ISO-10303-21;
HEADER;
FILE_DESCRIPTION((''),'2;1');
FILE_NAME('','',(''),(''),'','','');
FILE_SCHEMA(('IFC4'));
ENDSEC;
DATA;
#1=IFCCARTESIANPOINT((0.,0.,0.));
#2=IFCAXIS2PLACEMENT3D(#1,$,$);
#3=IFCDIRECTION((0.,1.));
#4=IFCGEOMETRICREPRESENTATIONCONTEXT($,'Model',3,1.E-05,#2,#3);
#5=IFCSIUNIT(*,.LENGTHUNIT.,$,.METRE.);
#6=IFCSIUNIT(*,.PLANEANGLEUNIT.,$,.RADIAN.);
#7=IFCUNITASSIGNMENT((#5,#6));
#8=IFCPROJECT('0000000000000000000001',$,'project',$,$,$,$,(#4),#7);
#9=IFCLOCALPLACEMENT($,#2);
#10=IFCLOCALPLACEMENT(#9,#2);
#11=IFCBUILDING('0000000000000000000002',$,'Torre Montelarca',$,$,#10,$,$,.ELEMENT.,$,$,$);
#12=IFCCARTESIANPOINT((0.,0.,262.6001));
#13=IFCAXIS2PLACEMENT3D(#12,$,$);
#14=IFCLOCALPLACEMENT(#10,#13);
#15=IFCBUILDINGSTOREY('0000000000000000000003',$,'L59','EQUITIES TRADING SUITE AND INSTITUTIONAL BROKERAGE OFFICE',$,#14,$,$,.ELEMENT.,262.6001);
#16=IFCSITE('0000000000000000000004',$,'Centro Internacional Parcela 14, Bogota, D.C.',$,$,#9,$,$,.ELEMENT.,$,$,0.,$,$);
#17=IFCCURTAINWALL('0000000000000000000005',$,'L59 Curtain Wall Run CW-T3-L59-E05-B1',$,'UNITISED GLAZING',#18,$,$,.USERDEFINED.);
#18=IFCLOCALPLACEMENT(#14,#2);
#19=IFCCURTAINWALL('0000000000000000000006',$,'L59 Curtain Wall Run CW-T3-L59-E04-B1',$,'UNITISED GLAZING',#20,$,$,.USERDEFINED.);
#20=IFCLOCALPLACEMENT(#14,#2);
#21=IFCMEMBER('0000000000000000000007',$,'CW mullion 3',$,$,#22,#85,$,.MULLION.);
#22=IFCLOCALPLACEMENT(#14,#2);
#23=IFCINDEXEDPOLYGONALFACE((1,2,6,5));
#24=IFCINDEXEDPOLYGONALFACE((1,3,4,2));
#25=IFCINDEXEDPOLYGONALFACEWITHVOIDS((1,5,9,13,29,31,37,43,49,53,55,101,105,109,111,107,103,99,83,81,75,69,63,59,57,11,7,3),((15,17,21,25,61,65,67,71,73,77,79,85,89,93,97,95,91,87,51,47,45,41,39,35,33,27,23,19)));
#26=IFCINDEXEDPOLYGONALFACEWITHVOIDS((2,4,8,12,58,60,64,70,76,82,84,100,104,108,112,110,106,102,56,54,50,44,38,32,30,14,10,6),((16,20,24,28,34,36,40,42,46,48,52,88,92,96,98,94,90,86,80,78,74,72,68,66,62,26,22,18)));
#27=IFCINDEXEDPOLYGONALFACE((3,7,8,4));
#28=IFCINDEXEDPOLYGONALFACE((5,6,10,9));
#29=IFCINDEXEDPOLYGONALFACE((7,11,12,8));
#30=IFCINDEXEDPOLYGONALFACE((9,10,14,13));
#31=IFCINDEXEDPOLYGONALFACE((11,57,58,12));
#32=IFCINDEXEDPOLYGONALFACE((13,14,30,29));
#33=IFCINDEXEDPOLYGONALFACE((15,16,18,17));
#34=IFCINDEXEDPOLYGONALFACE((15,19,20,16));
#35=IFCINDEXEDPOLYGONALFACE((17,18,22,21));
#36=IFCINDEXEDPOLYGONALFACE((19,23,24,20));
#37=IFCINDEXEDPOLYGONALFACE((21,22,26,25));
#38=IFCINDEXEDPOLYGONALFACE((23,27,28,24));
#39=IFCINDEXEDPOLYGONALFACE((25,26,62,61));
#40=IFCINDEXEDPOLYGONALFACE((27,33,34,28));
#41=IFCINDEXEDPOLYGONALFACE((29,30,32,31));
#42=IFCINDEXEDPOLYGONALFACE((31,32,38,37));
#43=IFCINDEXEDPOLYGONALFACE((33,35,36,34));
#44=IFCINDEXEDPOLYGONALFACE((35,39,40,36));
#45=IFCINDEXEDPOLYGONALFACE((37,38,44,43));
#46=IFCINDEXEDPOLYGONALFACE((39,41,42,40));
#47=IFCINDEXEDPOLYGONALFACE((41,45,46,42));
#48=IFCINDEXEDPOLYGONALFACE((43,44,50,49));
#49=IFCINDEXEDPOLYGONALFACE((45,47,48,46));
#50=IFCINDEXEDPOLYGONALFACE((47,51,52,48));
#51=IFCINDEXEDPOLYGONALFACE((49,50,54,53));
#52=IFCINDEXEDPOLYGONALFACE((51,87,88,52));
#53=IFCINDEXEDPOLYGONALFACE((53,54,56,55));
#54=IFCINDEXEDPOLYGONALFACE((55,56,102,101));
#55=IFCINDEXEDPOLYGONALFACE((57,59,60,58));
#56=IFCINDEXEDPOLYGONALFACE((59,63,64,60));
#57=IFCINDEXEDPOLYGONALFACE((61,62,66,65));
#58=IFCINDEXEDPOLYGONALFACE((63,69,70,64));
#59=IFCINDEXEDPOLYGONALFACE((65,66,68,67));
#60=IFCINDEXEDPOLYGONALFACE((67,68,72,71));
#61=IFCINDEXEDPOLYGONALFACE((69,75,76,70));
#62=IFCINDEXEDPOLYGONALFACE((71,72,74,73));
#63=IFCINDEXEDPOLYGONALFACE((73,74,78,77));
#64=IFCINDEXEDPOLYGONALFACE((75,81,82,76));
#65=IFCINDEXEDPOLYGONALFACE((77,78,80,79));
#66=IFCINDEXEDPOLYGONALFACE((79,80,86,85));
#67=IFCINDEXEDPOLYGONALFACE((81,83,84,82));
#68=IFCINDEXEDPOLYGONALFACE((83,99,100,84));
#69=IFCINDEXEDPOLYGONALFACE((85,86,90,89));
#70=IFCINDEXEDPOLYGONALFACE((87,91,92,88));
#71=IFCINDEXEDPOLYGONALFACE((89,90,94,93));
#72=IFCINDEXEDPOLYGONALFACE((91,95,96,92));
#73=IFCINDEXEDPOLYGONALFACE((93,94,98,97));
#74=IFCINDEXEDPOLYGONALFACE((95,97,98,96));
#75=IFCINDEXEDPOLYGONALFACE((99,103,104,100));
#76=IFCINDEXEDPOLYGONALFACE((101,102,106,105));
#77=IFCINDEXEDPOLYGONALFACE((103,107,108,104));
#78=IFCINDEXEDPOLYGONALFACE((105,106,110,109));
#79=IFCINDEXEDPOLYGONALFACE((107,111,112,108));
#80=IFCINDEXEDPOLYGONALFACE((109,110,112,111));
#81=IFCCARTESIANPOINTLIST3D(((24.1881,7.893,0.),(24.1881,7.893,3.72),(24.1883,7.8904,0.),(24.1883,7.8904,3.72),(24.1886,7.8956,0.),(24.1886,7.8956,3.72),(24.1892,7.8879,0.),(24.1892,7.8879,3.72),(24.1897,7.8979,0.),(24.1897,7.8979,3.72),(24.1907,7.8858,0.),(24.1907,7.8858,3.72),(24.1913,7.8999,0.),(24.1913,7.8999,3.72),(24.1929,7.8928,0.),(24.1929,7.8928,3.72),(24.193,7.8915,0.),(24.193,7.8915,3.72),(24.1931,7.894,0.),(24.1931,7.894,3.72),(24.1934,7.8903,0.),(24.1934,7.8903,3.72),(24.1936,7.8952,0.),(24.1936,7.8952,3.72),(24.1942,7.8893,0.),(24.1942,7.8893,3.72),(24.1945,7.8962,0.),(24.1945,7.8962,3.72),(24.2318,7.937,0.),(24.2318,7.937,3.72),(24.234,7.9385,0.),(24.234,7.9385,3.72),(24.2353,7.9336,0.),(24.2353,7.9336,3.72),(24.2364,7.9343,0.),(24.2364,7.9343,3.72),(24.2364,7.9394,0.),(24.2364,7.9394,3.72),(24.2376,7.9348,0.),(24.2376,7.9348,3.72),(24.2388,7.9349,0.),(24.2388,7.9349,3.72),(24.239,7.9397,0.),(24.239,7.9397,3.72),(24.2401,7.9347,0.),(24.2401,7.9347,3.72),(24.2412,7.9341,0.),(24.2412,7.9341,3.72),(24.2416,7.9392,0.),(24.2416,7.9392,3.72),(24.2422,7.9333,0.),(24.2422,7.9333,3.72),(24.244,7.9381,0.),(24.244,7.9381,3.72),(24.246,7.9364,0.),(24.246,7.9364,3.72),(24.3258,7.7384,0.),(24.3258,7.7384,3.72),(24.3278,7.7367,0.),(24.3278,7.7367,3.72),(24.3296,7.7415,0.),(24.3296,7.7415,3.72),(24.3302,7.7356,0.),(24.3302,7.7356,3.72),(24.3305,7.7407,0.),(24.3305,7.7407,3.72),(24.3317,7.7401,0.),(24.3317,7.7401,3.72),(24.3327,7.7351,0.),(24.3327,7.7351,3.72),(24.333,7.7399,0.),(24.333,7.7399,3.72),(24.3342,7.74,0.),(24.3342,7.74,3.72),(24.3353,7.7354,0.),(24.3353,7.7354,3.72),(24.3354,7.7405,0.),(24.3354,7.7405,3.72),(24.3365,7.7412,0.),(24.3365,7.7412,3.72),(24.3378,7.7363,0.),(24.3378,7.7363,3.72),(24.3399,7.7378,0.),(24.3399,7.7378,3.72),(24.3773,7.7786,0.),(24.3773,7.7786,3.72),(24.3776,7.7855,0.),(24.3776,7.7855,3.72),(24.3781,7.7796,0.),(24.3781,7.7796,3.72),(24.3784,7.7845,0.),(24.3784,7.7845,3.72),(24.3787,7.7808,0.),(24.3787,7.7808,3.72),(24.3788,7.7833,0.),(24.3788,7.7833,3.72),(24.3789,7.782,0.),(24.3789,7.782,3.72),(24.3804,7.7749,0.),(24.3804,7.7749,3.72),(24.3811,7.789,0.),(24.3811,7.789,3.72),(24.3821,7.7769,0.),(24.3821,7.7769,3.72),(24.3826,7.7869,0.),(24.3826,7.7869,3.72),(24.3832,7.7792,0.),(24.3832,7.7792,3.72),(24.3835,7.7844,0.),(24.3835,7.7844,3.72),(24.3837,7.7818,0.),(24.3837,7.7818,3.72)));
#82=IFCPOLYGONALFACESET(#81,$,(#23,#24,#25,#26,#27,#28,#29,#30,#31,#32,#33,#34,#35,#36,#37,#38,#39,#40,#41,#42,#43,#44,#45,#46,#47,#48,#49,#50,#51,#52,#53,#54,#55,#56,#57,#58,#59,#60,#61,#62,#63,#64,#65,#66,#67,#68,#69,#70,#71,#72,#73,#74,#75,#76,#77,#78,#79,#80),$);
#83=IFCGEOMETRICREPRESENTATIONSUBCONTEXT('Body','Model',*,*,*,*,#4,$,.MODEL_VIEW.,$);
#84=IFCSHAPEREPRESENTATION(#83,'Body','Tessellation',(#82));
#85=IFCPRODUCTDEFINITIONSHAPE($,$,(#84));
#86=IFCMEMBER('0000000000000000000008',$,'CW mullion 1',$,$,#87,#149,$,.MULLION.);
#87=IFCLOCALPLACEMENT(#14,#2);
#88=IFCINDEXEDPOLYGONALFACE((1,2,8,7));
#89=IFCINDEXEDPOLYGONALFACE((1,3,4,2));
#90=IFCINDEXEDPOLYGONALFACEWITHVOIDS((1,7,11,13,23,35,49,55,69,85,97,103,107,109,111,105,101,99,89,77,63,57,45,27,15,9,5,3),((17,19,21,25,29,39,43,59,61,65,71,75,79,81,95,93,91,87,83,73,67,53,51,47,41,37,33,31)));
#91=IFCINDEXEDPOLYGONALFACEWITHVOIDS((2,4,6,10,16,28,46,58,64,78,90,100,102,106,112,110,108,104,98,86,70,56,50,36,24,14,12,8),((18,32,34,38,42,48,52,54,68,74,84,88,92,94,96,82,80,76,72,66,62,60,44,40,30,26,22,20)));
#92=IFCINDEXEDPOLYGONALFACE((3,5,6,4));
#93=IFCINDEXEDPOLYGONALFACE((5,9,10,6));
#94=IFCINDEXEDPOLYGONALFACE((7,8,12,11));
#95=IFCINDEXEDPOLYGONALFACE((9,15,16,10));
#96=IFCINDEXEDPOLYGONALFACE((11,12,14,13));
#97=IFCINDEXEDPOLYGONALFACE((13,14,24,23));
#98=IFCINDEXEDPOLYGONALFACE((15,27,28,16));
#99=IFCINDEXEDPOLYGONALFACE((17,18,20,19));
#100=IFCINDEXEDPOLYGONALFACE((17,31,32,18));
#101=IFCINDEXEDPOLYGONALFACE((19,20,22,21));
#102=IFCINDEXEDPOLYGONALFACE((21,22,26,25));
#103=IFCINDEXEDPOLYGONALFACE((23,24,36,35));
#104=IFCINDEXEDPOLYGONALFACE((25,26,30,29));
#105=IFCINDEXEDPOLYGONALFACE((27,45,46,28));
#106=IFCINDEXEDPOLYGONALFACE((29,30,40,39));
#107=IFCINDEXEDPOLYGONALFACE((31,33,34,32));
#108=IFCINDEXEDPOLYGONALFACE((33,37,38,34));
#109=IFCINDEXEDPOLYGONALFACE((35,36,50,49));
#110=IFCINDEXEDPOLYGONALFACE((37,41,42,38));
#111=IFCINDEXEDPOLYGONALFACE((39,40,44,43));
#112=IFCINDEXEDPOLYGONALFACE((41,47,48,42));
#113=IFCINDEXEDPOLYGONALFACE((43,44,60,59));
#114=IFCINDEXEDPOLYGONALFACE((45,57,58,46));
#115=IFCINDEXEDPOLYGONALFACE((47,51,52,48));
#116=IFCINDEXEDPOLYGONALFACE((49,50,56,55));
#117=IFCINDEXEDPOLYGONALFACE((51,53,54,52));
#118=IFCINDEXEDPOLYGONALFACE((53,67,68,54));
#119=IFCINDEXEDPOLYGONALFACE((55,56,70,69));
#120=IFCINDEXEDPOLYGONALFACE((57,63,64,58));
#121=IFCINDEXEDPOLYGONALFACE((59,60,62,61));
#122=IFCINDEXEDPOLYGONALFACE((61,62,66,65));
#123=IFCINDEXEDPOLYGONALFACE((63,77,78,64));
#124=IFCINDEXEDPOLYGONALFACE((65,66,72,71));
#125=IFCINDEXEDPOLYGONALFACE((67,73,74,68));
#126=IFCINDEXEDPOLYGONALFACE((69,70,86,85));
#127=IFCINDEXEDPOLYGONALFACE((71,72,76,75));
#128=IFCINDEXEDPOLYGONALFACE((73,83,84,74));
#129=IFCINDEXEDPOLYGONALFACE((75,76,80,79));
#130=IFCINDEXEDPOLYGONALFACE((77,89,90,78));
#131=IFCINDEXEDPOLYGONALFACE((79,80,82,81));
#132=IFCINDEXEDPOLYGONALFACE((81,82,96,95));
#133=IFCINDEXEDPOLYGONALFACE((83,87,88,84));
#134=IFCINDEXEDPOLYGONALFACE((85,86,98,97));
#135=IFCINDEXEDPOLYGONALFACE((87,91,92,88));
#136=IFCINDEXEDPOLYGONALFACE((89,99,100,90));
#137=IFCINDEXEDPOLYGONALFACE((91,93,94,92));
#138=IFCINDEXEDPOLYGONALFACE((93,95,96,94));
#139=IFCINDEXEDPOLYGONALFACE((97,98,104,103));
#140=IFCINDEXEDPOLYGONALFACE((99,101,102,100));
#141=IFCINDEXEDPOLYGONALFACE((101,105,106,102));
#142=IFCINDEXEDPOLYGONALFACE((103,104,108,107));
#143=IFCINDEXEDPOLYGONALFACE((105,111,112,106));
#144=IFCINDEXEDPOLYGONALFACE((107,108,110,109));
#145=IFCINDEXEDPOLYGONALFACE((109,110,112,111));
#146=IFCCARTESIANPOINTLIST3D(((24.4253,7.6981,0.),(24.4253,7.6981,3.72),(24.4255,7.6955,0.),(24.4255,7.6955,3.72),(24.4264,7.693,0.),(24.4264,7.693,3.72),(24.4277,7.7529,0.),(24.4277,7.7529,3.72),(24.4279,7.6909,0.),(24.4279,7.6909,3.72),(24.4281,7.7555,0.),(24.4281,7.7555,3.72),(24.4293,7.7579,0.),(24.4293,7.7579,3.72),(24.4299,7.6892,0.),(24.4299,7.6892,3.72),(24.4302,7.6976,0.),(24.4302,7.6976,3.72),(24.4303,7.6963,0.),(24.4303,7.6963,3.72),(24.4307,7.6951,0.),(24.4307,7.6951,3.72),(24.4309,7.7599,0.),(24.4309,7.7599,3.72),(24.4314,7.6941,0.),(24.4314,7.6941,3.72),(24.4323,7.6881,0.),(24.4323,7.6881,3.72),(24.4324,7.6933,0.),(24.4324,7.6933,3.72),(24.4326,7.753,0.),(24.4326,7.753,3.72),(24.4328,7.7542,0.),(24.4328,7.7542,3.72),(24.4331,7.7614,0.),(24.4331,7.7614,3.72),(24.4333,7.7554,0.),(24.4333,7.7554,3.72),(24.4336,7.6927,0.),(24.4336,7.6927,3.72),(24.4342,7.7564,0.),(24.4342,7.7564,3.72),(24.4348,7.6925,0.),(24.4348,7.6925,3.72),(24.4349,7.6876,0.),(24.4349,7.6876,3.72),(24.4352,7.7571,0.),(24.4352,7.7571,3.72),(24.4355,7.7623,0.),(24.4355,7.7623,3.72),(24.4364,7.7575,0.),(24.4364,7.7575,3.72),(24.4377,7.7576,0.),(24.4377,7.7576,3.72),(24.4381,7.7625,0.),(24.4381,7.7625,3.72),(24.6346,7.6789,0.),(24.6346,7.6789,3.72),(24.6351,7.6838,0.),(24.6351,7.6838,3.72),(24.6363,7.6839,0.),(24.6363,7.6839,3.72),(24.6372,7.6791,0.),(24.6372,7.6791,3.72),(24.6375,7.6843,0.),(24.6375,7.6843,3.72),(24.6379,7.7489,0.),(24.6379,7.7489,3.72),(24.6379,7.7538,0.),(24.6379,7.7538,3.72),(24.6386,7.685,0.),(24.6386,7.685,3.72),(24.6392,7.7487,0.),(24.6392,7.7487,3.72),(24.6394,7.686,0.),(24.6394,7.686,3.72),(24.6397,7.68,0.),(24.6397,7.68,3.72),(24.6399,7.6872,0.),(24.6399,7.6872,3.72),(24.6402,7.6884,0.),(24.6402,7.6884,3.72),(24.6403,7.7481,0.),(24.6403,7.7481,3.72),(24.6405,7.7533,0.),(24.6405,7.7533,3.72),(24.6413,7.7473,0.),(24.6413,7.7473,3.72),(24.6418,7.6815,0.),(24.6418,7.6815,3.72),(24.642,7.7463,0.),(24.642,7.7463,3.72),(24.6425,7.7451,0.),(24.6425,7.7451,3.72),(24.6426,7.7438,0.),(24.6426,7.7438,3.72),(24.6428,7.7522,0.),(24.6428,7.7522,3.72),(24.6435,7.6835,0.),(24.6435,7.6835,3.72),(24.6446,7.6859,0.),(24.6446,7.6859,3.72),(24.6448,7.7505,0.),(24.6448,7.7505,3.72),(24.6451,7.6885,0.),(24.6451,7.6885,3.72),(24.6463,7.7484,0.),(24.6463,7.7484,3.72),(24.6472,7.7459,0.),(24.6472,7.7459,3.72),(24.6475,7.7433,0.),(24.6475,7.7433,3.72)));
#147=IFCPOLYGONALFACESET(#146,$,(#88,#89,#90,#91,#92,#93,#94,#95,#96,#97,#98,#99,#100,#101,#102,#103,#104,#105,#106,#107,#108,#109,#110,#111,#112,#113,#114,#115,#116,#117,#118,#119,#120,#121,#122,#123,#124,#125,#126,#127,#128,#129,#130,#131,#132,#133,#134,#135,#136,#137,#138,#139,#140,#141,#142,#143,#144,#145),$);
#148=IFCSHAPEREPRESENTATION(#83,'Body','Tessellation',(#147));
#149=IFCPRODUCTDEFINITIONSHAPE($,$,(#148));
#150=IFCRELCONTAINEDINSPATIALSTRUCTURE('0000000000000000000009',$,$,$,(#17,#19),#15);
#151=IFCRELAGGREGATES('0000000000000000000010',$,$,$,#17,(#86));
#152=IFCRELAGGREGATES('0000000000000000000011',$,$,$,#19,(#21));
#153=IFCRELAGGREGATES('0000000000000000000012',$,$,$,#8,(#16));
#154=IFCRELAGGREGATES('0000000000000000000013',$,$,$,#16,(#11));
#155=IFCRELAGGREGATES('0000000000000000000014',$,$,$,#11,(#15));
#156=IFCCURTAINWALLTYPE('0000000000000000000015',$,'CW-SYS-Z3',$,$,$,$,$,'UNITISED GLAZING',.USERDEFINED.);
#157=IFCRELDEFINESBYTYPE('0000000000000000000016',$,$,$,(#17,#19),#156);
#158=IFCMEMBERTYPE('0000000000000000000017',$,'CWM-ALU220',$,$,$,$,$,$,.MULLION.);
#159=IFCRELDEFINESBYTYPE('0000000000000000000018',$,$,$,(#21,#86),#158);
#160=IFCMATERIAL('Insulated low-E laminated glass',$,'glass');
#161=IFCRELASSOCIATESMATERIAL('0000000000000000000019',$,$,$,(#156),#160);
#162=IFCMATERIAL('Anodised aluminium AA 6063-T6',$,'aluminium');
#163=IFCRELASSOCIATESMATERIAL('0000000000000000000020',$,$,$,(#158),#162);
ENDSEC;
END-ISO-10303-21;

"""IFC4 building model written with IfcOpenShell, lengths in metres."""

from ifc_helpers import new_model, si_unit, direction, frame, origin, origin_2d, place, context, subcontext, project, spatial, hollow_rectangle, extrude, source, transform, mapped, material, material_profile, profile_set, type_object, element, aggregate, save


model = new_model("IFC4")

# Units and contexts
model_context = context("Model", 3, precision=1e-05, world=origin(), true_north=direction((0.0, 1.0)))
body_context = subcontext(model_context, "Body", "Model", "MODEL_VIEW")
ifc_project = project(units=[si_unit("LENGTHUNIT", "METRE"), si_unit("PLANEANGLEUNIT", "RADIAN")], contexts=[model_context])

# Site, building, storey
site_placement = place(None, origin())
site = spatial("IfcSite", under=ifc_project, at=site_placement, Name="Centro Internacional Parcela 14, Bogota, D.C.", CompositionType="ELEMENT", RefElevation=0.0)
building_placement = place(site_placement, origin())
building = spatial("IfcBuilding", under=site, at=building_placement, Name="Torre Montelarca", CompositionType="ELEMENT")
storey_placement = place(building_placement, frame((0.0, 0.0, 262.6001)))
storey = spatial("IfcBuildingStorey", under=building, at=storey_placement, Name="L59", Description="EQUITIES TRADING SUITE AND INSTITUTIONAL BROKERAGE OFFICE", CompositionType="ELEMENT", Elevation=262.6001)

# Curtain wall
ifc_material_1 = material(Name="Insulated low-E laminated glass", Category="glass")
curtain_wall_type = type_object("IfcCurtainWallType", Name="CW-SYS-Z3", ElementType="UNITISED GLAZING", PredefinedType="USERDEFINED", material=ifc_material_1)
curtain_wall_1_placement = place(storey_placement, origin())
curtain_wall_1 = element("IfcCurtainWall", 1, at=curtain_wall_1_placement, inside=storey, type_object=curtain_wall_type, Name="L59 Curtain Wall Run CW-T3-L59-E05-B1", ObjectType="UNITISED GLAZING", PredefinedType="USERDEFINED")
ifc_material_2 = material(Name="Anodised aluminium AA 6063-T6", Category="aluminium")

# Curtain wall, member
curtain_wall_2_placement = place(storey_placement, origin())
curtain_wall_2 = element("IfcCurtainWall", 2, at=curtain_wall_2_placement, inside=storey, type_object=curtain_wall_type, Name="L59 Curtain Wall Run CW-T3-L59-E04-B1", ObjectType="UNITISED GLAZING", PredefinedType="USERDEFINED")
ifc_material_profile_1 = material_profile(ifc_material_2, hollow_rectangle(XDim=0.075, YDim=0.22, WallThickness=0.0049, InnerFilletRadius=0.0049, OuterFilletRadius=0.01, at=origin_2d()), Name="ALU75X220X5", Category="aluminium")
ifc_profile_set_1 = profile_set([ifc_material_profile_1], Name="Anodised aluminium AA 6063-T6")
member_type_1 = type_object("IfcMemberType", Name="CWM-ALU220", PredefinedType="MULLION", material=ifc_profile_set_1)
shared_shape_1 = source(origin(), body_context, "Body", "SweptSolid", [
    extrude(hollow_rectangle(XDim=0.075, YDim=0.22, WallThickness=0.0049, InnerFilletRadius=0.0049, OuterFilletRadius=0.01, at=origin_2d()), origin(), (0.0, 0.0, 1.0), 3.72),
])
member_1_placement = place(storey_placement, frame((24.2859, 7.8374, 0.0), z_axis=(0.0, 0.0, 1.0), x_axis=(0.737293, 0.675573, 0.0)))
member_1 = element("IfcMember", 3, at=member_1_placement, type_object=member_type_1, Name="CW mullion 3", PredefinedType="MULLION", context=body_context, shape_type="MappedRepresentation", body=[
    mapped(shared_shape_1, transform((0.0, 0.0, 0.0), scale=1.0)),
])

# Member
member_2_placement = place(storey_placement, frame((24.5364, 7.7207, 0.0), z_axis=(0.0, 0.0, 1.0), x_axis=(0.043616, 0.999048, 0.0)))
member_2 = element("IfcMember", 4, at=member_2_placement, type_object=member_type_1, Name="CW mullion 1", PredefinedType="MULLION", context=body_context, shape_type="MappedRepresentation", body=[
    mapped(shared_shape_1, transform((0.0, 0.0, 0.0), scale=1.0)),
])

aggregate(curtain_wall_1, [member_2])
aggregate(curtain_wall_2, [member_1])

save(model, "model.ifc")
